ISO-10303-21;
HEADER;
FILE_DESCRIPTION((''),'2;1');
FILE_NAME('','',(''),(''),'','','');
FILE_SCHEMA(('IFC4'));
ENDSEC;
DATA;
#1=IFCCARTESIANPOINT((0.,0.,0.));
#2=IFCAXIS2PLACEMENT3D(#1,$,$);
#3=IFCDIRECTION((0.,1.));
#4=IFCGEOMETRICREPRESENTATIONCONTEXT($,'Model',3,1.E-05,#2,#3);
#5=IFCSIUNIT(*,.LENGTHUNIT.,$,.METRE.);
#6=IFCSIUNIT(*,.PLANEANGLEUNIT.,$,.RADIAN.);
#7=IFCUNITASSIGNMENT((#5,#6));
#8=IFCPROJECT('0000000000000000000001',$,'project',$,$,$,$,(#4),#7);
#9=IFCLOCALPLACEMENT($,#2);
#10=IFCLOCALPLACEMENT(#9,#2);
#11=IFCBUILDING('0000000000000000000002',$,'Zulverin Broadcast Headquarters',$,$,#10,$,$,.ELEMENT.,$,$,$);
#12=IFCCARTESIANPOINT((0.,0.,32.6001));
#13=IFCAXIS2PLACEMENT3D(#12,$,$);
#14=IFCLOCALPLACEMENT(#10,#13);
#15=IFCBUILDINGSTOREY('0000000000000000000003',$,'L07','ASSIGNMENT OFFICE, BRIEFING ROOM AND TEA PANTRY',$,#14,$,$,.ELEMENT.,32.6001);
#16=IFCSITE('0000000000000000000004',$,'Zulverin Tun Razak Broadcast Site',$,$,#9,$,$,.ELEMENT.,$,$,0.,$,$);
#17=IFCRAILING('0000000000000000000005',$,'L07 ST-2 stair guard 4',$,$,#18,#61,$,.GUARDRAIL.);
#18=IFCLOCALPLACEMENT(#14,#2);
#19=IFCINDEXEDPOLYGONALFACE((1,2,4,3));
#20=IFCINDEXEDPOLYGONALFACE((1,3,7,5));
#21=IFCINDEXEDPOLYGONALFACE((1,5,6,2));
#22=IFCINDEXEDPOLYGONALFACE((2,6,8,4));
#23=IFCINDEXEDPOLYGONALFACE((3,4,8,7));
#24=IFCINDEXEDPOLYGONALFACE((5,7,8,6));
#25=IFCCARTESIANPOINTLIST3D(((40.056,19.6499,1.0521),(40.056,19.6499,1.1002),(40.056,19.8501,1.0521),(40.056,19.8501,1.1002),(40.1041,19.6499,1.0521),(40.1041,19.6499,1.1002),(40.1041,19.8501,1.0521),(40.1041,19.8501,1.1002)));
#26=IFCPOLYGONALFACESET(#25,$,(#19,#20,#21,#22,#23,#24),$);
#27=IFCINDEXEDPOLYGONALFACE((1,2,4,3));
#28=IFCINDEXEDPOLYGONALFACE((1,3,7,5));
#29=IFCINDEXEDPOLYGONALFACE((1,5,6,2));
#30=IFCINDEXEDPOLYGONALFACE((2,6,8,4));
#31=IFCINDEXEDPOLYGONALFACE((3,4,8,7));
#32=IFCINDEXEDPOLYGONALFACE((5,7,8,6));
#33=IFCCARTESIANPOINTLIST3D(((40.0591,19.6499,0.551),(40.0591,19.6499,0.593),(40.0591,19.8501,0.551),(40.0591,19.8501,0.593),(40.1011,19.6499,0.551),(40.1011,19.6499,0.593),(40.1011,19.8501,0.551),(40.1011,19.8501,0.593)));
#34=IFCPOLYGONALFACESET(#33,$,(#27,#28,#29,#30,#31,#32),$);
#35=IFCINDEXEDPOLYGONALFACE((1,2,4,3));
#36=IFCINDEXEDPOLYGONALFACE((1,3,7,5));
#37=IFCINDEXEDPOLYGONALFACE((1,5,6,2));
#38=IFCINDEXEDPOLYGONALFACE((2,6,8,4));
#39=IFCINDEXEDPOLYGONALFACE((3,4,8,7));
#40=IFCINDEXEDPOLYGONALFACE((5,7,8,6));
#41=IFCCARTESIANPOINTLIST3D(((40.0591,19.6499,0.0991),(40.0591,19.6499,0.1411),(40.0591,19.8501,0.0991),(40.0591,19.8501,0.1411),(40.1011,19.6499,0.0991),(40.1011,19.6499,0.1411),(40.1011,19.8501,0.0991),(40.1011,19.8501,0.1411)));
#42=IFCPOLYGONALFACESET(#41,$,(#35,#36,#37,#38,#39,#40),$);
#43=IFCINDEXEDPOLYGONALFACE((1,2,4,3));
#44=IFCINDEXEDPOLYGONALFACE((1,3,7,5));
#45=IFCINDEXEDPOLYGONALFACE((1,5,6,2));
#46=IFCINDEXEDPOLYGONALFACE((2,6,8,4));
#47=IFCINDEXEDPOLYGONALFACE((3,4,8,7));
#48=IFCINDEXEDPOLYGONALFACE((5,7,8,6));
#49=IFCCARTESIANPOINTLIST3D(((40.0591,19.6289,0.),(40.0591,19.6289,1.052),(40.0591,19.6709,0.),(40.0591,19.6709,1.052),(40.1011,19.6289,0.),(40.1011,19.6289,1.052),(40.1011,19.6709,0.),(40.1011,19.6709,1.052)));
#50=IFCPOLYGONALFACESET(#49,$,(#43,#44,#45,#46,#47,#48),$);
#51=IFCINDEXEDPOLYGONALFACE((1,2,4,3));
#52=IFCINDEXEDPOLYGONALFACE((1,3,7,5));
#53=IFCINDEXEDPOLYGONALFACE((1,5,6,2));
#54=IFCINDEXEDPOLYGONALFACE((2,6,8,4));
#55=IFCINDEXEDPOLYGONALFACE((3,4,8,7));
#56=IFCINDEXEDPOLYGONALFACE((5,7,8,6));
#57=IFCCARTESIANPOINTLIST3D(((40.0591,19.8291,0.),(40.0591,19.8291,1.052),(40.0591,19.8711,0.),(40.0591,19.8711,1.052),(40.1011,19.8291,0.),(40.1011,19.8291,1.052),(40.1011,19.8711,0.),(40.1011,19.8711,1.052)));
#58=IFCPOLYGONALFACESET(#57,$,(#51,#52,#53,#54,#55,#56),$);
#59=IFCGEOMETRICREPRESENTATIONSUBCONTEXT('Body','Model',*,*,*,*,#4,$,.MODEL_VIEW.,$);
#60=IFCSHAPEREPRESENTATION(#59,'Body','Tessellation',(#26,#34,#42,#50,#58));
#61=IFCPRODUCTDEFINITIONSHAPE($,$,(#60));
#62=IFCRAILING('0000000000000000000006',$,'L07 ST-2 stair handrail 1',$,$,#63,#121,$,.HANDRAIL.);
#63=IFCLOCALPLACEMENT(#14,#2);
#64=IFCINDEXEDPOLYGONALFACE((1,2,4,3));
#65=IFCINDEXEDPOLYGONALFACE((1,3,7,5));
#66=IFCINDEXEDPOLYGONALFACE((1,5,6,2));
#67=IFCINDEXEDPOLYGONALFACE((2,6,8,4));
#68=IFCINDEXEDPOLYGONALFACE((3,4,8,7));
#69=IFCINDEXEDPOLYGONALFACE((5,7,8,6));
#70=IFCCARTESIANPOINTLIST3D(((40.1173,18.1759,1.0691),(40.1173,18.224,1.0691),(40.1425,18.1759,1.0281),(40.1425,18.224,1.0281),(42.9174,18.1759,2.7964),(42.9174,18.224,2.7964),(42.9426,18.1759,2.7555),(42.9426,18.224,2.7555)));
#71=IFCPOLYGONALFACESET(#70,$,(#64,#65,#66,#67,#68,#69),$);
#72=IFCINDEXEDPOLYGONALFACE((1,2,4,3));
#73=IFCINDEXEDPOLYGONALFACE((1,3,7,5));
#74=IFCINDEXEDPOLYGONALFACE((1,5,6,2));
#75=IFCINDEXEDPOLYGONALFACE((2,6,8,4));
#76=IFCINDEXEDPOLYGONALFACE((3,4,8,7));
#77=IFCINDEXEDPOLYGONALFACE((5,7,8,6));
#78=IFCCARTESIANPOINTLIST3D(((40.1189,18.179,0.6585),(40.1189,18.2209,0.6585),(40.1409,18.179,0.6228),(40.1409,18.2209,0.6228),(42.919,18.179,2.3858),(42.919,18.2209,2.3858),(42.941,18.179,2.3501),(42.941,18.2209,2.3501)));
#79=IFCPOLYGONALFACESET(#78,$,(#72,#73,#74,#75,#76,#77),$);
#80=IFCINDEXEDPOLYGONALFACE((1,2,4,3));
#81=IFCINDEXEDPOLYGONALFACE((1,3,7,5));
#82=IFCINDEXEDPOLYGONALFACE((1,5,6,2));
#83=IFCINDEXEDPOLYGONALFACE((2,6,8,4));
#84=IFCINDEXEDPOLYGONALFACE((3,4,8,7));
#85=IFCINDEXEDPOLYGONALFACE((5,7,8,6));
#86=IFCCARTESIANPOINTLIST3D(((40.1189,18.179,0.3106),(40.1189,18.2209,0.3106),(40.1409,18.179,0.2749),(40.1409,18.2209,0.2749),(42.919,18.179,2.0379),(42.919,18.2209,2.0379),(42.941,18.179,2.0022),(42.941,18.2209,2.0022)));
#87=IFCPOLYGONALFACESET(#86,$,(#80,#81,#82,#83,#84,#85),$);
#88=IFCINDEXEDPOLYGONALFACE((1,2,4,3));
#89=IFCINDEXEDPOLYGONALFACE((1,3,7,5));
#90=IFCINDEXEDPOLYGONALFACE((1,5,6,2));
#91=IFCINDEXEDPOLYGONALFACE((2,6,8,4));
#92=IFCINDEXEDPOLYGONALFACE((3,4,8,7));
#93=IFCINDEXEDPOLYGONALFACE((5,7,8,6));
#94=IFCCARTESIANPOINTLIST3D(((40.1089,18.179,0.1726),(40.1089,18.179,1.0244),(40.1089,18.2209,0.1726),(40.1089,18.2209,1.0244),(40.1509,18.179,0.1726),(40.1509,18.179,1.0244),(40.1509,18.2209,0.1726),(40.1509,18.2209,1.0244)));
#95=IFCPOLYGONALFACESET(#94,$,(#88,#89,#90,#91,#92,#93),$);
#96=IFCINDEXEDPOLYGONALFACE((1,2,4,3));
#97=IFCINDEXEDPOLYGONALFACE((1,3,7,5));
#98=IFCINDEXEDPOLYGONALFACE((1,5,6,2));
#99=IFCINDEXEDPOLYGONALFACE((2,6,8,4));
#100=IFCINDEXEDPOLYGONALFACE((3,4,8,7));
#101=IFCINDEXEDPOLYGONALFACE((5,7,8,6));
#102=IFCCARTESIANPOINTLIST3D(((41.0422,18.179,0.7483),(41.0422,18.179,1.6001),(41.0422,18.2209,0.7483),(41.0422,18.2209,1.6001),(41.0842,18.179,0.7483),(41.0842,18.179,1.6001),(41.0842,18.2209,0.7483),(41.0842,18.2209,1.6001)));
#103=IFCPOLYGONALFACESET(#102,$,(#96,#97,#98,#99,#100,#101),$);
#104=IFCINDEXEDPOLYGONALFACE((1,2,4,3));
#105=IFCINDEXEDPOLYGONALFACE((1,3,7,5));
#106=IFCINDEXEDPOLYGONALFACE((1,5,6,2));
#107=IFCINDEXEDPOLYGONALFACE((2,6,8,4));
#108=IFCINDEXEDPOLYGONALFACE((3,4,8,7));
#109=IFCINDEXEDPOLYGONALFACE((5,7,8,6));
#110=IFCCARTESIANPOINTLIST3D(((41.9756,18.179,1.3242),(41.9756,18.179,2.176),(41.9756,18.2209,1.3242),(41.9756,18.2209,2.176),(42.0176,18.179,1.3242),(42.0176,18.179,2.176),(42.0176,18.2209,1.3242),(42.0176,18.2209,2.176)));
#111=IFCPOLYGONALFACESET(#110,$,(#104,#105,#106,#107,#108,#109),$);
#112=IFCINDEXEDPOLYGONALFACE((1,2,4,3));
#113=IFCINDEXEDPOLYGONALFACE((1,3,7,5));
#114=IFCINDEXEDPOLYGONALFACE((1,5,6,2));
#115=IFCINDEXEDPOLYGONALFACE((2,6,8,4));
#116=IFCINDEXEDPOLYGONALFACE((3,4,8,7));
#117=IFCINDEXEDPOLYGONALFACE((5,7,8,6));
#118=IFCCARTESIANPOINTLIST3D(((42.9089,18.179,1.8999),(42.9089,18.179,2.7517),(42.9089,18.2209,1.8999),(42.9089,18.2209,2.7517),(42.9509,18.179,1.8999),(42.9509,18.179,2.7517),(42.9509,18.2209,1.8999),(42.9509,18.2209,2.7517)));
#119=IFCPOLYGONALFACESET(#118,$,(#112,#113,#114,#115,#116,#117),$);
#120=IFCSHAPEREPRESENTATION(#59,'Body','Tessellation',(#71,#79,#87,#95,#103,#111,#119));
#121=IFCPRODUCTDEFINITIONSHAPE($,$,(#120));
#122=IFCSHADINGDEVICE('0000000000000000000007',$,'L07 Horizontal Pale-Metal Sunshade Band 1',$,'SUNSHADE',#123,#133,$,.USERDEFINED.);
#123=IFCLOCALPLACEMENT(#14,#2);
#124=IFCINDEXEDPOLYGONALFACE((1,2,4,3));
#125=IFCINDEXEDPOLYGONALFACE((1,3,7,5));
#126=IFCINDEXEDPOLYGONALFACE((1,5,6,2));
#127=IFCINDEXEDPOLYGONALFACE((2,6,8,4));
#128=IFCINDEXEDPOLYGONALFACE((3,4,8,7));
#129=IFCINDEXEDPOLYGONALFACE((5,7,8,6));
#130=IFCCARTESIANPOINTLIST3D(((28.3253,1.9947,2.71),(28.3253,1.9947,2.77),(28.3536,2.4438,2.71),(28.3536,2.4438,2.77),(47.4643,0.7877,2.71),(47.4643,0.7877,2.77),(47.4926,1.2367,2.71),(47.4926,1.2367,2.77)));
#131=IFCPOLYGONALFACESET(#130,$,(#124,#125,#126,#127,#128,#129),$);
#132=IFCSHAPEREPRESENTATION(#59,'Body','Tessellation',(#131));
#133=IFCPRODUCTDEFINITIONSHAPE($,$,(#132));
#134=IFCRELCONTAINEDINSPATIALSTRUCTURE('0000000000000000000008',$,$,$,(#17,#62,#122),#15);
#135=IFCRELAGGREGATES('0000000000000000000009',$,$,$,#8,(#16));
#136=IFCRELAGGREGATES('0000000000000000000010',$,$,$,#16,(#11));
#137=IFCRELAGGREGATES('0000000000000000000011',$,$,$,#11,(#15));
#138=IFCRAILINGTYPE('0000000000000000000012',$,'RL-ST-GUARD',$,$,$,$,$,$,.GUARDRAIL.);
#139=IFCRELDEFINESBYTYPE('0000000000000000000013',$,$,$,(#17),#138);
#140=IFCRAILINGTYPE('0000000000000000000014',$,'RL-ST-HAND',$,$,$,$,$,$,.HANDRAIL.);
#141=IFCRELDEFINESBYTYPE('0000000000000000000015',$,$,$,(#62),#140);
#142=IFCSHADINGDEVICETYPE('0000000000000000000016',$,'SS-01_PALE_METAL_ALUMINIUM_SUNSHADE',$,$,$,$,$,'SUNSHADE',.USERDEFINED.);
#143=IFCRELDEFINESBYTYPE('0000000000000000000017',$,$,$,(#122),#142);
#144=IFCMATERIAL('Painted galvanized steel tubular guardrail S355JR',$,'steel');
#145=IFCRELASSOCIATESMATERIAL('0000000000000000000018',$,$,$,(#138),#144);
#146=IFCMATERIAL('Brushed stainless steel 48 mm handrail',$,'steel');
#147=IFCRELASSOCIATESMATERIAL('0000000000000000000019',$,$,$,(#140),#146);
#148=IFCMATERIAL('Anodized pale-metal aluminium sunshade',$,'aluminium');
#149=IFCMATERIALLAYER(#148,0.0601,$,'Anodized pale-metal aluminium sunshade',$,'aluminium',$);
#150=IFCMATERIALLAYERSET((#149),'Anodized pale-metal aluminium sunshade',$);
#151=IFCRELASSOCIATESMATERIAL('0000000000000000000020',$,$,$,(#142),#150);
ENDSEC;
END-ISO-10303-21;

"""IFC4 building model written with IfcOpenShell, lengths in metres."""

from ifc_helpers import new_model, si_unit, direction, frame, origin, origin_2d, place, context, subcontext, project, spatial, rectangle, extrude, material, layer, layer_set, type_object, element, save


model = new_model("IFC4")

# Units and contexts
model_context = context("Model", 3, precision=1e-05, world=origin(), true_north=direction((0.0, 1.0)))
body_context = subcontext(model_context, "Body", "Model", "MODEL_VIEW")
ifc_project = project(units=[si_unit("LENGTHUNIT", "METRE"), si_unit("PLANEANGLEUNIT", "RADIAN")], contexts=[model_context])

# Site, building, storey
site_placement = place(None, origin())
site = spatial("IfcSite", under=ifc_project, at=site_placement, Name="Zulverin Tun Razak Broadcast Site", CompositionType="ELEMENT", RefElevation=0.0)
building_placement = place(site_placement, origin())
building = spatial("IfcBuilding", under=site, at=building_placement, Name="Zulverin Broadcast Headquarters", CompositionType="ELEMENT")
storey_placement = place(building_placement, frame((0.0, 0.0, 32.6001)))
storey = spatial("IfcBuildingStorey", under=building, at=storey_placement, Name="L07", Description="ASSIGNMENT OFFICE, BRIEFING ROOM AND TEA PANTRY", CompositionType="ELEMENT", Elevation=32.6001)

# Railings
ifc_material_1 = material(Name="Painted galvanized steel tubular guardrail S355JR", Category="steel")
railing_type_1 = type_object("IfcRailingType", Name="RL-ST-GUARD", PredefinedType="GUARDRAIL", material=ifc_material_1)
railing_1_placement = place(storey_placement, frame((40.0801, 19.6499, 0.0)))
element("IfcRailing", 1, at=railing_1_placement, inside=storey, type_object=railing_type_1, Name="L07 ST-2 stair guard 4", PredefinedType="GUARDRAIL", context=body_context, shape_type="SweptSolid", body=[
    extrude(rectangle(XDim=0.0481, YDim=0.0481, at=origin_2d()), frame((0.0, 0.0, 1.0762), z_axis=(0.0, 1.0, 0.0), x_axis=(-1.0, 0.0, 0.0)), (0.0, 0.0, 1.0), 0.2002),
    extrude(rectangle(XDim=0.042, YDim=0.042, at=origin_2d()), frame((0.0, 0.0, 0.572), z_axis=(0.0, 1.0, 0.0), x_axis=(-1.0, 0.0, 0.0)), (0.0, 0.0, 1.0), 0.2002),
    extrude(rectangle(XDim=0.042, YDim=0.042, at=origin_2d()), frame((0.0, 0.0, 0.1201), z_axis=(0.0, 1.0, 0.0), x_axis=(-1.0, 0.0, 0.0)), (0.0, 0.0, 1.0), 0.2002),
    extrude(rectangle(XDim=0.042, YDim=0.042, at=origin_2d()), origin(), (0.0, 0.0, 1.0), 1.052),
    extrude(rectangle(XDim=0.042, YDim=0.042, at=origin_2d()), frame((0.0, 0.2002, 0.0)), (0.0, 0.0, 1.0), 1.052),
])
ifc_material_2 = material(Name="Brushed stainless steel 48 mm handrail", Category="steel")
railing_type_2 = type_object("IfcRailingType", Name="RL-ST-HAND", PredefinedType="HANDRAIL", material=ifc_material_2)
railing_2_placement = place(storey_placement, frame((40.1299, 18.2, 0.1726)))
element("IfcRailing", 2, at=railing_2_placement, inside=storey, type_object=railing_type_2, Name="L07 ST-2 stair handrail 1", PredefinedType="HANDRAIL", context=body_context, shape_type="SweptSolid", body=[
    extrude(rectangle(XDim=0.0481, YDim=0.0481, at=origin_2d()), frame((0.0, 0.0, 0.876), z_axis=(0.85109, 0.0, 0.52502), x_axis=(0.0, 1.0, 0.0)), (0.0, 0.0, 1.0), 3.29),
    extrude(rectangle(XDim=0.042, YDim=0.042, at=origin_2d()), frame((0.0, 0.0, 0.468), z_axis=(0.85109, 0.0, 0.52502), x_axis=(0.0, 1.0, 0.0)), (0.0, 0.0, 1.0), 3.29),
    extrude(rectangle(XDim=0.042, YDim=0.042, at=origin_2d()), frame((0.0, 0.0, 0.1201), z_axis=(0.85109, 0.0, 0.52502), x_axis=(0.0, 1.0, 0.0)), (0.0, 0.0, 1.0), 3.29),
    extrude(rectangle(XDim=0.042, YDim=0.042, at=origin_2d()), origin(), (0.0, 0.0, 1.0), 0.8518),
    extrude(rectangle(XDim=0.042, YDim=0.042, at=origin_2d()), frame((0.9333, 0.0, 0.5757)), (0.0, 0.0, 1.0), 0.8518),
    extrude(rectangle(XDim=0.042, YDim=0.042, at=origin_2d()), frame((1.8667, 0.0, 1.1516)), (0.0, 0.0, 1.0), 0.8518),
    extrude(rectangle(XDim=0.042, YDim=0.042, at=origin_2d()), frame((2.8, 0.0, 1.7273)), (0.0, 0.0, 1.0), 0.8518),
])

# Shading device
ifc_material_3 = material(Name="Anodized pale-metal aluminium sunshade", Category="aluminium")
ifc_layer_1 = layer(ifc_material_3, 0.0601, Name="Anodized pale-metal aluminium sunshade", Category="aluminium")
ifc_layer_set_1 = layer_set([ifc_layer_1], Name="Anodized pale-metal aluminium sunshade")
shading_device_type = type_object("IfcShadingDeviceType", Name="SS-01_PALE_METAL_ALUMINIUM_SUNSHADE", ElementType="SUNSHADE", PredefinedType="USERDEFINED", material=ifc_layer_set_1)
shading_device_placement = place(storey_placement, frame((37.9089, 1.6157, 2.71), z_axis=(0.0, 0.0, 1.0), x_axis=(0.998017, -0.062942, 0.0)))
element("IfcShadingDevice", 3, at=shading_device_placement, inside=storey, type_object=shading_device_type, Name="L07 Horizontal Pale-Metal Sunshade Band 1", ObjectType="SUNSHADE", PredefinedType="USERDEFINED", context=body_context, shape_type="SweptSolid", body=[
    extrude(rectangle(XDim=19.177, YDim=0.45, at=origin_2d()), origin(), (0.0, 0.0, 1.0), 0.0601),
])

save(model, "model.ifc")
